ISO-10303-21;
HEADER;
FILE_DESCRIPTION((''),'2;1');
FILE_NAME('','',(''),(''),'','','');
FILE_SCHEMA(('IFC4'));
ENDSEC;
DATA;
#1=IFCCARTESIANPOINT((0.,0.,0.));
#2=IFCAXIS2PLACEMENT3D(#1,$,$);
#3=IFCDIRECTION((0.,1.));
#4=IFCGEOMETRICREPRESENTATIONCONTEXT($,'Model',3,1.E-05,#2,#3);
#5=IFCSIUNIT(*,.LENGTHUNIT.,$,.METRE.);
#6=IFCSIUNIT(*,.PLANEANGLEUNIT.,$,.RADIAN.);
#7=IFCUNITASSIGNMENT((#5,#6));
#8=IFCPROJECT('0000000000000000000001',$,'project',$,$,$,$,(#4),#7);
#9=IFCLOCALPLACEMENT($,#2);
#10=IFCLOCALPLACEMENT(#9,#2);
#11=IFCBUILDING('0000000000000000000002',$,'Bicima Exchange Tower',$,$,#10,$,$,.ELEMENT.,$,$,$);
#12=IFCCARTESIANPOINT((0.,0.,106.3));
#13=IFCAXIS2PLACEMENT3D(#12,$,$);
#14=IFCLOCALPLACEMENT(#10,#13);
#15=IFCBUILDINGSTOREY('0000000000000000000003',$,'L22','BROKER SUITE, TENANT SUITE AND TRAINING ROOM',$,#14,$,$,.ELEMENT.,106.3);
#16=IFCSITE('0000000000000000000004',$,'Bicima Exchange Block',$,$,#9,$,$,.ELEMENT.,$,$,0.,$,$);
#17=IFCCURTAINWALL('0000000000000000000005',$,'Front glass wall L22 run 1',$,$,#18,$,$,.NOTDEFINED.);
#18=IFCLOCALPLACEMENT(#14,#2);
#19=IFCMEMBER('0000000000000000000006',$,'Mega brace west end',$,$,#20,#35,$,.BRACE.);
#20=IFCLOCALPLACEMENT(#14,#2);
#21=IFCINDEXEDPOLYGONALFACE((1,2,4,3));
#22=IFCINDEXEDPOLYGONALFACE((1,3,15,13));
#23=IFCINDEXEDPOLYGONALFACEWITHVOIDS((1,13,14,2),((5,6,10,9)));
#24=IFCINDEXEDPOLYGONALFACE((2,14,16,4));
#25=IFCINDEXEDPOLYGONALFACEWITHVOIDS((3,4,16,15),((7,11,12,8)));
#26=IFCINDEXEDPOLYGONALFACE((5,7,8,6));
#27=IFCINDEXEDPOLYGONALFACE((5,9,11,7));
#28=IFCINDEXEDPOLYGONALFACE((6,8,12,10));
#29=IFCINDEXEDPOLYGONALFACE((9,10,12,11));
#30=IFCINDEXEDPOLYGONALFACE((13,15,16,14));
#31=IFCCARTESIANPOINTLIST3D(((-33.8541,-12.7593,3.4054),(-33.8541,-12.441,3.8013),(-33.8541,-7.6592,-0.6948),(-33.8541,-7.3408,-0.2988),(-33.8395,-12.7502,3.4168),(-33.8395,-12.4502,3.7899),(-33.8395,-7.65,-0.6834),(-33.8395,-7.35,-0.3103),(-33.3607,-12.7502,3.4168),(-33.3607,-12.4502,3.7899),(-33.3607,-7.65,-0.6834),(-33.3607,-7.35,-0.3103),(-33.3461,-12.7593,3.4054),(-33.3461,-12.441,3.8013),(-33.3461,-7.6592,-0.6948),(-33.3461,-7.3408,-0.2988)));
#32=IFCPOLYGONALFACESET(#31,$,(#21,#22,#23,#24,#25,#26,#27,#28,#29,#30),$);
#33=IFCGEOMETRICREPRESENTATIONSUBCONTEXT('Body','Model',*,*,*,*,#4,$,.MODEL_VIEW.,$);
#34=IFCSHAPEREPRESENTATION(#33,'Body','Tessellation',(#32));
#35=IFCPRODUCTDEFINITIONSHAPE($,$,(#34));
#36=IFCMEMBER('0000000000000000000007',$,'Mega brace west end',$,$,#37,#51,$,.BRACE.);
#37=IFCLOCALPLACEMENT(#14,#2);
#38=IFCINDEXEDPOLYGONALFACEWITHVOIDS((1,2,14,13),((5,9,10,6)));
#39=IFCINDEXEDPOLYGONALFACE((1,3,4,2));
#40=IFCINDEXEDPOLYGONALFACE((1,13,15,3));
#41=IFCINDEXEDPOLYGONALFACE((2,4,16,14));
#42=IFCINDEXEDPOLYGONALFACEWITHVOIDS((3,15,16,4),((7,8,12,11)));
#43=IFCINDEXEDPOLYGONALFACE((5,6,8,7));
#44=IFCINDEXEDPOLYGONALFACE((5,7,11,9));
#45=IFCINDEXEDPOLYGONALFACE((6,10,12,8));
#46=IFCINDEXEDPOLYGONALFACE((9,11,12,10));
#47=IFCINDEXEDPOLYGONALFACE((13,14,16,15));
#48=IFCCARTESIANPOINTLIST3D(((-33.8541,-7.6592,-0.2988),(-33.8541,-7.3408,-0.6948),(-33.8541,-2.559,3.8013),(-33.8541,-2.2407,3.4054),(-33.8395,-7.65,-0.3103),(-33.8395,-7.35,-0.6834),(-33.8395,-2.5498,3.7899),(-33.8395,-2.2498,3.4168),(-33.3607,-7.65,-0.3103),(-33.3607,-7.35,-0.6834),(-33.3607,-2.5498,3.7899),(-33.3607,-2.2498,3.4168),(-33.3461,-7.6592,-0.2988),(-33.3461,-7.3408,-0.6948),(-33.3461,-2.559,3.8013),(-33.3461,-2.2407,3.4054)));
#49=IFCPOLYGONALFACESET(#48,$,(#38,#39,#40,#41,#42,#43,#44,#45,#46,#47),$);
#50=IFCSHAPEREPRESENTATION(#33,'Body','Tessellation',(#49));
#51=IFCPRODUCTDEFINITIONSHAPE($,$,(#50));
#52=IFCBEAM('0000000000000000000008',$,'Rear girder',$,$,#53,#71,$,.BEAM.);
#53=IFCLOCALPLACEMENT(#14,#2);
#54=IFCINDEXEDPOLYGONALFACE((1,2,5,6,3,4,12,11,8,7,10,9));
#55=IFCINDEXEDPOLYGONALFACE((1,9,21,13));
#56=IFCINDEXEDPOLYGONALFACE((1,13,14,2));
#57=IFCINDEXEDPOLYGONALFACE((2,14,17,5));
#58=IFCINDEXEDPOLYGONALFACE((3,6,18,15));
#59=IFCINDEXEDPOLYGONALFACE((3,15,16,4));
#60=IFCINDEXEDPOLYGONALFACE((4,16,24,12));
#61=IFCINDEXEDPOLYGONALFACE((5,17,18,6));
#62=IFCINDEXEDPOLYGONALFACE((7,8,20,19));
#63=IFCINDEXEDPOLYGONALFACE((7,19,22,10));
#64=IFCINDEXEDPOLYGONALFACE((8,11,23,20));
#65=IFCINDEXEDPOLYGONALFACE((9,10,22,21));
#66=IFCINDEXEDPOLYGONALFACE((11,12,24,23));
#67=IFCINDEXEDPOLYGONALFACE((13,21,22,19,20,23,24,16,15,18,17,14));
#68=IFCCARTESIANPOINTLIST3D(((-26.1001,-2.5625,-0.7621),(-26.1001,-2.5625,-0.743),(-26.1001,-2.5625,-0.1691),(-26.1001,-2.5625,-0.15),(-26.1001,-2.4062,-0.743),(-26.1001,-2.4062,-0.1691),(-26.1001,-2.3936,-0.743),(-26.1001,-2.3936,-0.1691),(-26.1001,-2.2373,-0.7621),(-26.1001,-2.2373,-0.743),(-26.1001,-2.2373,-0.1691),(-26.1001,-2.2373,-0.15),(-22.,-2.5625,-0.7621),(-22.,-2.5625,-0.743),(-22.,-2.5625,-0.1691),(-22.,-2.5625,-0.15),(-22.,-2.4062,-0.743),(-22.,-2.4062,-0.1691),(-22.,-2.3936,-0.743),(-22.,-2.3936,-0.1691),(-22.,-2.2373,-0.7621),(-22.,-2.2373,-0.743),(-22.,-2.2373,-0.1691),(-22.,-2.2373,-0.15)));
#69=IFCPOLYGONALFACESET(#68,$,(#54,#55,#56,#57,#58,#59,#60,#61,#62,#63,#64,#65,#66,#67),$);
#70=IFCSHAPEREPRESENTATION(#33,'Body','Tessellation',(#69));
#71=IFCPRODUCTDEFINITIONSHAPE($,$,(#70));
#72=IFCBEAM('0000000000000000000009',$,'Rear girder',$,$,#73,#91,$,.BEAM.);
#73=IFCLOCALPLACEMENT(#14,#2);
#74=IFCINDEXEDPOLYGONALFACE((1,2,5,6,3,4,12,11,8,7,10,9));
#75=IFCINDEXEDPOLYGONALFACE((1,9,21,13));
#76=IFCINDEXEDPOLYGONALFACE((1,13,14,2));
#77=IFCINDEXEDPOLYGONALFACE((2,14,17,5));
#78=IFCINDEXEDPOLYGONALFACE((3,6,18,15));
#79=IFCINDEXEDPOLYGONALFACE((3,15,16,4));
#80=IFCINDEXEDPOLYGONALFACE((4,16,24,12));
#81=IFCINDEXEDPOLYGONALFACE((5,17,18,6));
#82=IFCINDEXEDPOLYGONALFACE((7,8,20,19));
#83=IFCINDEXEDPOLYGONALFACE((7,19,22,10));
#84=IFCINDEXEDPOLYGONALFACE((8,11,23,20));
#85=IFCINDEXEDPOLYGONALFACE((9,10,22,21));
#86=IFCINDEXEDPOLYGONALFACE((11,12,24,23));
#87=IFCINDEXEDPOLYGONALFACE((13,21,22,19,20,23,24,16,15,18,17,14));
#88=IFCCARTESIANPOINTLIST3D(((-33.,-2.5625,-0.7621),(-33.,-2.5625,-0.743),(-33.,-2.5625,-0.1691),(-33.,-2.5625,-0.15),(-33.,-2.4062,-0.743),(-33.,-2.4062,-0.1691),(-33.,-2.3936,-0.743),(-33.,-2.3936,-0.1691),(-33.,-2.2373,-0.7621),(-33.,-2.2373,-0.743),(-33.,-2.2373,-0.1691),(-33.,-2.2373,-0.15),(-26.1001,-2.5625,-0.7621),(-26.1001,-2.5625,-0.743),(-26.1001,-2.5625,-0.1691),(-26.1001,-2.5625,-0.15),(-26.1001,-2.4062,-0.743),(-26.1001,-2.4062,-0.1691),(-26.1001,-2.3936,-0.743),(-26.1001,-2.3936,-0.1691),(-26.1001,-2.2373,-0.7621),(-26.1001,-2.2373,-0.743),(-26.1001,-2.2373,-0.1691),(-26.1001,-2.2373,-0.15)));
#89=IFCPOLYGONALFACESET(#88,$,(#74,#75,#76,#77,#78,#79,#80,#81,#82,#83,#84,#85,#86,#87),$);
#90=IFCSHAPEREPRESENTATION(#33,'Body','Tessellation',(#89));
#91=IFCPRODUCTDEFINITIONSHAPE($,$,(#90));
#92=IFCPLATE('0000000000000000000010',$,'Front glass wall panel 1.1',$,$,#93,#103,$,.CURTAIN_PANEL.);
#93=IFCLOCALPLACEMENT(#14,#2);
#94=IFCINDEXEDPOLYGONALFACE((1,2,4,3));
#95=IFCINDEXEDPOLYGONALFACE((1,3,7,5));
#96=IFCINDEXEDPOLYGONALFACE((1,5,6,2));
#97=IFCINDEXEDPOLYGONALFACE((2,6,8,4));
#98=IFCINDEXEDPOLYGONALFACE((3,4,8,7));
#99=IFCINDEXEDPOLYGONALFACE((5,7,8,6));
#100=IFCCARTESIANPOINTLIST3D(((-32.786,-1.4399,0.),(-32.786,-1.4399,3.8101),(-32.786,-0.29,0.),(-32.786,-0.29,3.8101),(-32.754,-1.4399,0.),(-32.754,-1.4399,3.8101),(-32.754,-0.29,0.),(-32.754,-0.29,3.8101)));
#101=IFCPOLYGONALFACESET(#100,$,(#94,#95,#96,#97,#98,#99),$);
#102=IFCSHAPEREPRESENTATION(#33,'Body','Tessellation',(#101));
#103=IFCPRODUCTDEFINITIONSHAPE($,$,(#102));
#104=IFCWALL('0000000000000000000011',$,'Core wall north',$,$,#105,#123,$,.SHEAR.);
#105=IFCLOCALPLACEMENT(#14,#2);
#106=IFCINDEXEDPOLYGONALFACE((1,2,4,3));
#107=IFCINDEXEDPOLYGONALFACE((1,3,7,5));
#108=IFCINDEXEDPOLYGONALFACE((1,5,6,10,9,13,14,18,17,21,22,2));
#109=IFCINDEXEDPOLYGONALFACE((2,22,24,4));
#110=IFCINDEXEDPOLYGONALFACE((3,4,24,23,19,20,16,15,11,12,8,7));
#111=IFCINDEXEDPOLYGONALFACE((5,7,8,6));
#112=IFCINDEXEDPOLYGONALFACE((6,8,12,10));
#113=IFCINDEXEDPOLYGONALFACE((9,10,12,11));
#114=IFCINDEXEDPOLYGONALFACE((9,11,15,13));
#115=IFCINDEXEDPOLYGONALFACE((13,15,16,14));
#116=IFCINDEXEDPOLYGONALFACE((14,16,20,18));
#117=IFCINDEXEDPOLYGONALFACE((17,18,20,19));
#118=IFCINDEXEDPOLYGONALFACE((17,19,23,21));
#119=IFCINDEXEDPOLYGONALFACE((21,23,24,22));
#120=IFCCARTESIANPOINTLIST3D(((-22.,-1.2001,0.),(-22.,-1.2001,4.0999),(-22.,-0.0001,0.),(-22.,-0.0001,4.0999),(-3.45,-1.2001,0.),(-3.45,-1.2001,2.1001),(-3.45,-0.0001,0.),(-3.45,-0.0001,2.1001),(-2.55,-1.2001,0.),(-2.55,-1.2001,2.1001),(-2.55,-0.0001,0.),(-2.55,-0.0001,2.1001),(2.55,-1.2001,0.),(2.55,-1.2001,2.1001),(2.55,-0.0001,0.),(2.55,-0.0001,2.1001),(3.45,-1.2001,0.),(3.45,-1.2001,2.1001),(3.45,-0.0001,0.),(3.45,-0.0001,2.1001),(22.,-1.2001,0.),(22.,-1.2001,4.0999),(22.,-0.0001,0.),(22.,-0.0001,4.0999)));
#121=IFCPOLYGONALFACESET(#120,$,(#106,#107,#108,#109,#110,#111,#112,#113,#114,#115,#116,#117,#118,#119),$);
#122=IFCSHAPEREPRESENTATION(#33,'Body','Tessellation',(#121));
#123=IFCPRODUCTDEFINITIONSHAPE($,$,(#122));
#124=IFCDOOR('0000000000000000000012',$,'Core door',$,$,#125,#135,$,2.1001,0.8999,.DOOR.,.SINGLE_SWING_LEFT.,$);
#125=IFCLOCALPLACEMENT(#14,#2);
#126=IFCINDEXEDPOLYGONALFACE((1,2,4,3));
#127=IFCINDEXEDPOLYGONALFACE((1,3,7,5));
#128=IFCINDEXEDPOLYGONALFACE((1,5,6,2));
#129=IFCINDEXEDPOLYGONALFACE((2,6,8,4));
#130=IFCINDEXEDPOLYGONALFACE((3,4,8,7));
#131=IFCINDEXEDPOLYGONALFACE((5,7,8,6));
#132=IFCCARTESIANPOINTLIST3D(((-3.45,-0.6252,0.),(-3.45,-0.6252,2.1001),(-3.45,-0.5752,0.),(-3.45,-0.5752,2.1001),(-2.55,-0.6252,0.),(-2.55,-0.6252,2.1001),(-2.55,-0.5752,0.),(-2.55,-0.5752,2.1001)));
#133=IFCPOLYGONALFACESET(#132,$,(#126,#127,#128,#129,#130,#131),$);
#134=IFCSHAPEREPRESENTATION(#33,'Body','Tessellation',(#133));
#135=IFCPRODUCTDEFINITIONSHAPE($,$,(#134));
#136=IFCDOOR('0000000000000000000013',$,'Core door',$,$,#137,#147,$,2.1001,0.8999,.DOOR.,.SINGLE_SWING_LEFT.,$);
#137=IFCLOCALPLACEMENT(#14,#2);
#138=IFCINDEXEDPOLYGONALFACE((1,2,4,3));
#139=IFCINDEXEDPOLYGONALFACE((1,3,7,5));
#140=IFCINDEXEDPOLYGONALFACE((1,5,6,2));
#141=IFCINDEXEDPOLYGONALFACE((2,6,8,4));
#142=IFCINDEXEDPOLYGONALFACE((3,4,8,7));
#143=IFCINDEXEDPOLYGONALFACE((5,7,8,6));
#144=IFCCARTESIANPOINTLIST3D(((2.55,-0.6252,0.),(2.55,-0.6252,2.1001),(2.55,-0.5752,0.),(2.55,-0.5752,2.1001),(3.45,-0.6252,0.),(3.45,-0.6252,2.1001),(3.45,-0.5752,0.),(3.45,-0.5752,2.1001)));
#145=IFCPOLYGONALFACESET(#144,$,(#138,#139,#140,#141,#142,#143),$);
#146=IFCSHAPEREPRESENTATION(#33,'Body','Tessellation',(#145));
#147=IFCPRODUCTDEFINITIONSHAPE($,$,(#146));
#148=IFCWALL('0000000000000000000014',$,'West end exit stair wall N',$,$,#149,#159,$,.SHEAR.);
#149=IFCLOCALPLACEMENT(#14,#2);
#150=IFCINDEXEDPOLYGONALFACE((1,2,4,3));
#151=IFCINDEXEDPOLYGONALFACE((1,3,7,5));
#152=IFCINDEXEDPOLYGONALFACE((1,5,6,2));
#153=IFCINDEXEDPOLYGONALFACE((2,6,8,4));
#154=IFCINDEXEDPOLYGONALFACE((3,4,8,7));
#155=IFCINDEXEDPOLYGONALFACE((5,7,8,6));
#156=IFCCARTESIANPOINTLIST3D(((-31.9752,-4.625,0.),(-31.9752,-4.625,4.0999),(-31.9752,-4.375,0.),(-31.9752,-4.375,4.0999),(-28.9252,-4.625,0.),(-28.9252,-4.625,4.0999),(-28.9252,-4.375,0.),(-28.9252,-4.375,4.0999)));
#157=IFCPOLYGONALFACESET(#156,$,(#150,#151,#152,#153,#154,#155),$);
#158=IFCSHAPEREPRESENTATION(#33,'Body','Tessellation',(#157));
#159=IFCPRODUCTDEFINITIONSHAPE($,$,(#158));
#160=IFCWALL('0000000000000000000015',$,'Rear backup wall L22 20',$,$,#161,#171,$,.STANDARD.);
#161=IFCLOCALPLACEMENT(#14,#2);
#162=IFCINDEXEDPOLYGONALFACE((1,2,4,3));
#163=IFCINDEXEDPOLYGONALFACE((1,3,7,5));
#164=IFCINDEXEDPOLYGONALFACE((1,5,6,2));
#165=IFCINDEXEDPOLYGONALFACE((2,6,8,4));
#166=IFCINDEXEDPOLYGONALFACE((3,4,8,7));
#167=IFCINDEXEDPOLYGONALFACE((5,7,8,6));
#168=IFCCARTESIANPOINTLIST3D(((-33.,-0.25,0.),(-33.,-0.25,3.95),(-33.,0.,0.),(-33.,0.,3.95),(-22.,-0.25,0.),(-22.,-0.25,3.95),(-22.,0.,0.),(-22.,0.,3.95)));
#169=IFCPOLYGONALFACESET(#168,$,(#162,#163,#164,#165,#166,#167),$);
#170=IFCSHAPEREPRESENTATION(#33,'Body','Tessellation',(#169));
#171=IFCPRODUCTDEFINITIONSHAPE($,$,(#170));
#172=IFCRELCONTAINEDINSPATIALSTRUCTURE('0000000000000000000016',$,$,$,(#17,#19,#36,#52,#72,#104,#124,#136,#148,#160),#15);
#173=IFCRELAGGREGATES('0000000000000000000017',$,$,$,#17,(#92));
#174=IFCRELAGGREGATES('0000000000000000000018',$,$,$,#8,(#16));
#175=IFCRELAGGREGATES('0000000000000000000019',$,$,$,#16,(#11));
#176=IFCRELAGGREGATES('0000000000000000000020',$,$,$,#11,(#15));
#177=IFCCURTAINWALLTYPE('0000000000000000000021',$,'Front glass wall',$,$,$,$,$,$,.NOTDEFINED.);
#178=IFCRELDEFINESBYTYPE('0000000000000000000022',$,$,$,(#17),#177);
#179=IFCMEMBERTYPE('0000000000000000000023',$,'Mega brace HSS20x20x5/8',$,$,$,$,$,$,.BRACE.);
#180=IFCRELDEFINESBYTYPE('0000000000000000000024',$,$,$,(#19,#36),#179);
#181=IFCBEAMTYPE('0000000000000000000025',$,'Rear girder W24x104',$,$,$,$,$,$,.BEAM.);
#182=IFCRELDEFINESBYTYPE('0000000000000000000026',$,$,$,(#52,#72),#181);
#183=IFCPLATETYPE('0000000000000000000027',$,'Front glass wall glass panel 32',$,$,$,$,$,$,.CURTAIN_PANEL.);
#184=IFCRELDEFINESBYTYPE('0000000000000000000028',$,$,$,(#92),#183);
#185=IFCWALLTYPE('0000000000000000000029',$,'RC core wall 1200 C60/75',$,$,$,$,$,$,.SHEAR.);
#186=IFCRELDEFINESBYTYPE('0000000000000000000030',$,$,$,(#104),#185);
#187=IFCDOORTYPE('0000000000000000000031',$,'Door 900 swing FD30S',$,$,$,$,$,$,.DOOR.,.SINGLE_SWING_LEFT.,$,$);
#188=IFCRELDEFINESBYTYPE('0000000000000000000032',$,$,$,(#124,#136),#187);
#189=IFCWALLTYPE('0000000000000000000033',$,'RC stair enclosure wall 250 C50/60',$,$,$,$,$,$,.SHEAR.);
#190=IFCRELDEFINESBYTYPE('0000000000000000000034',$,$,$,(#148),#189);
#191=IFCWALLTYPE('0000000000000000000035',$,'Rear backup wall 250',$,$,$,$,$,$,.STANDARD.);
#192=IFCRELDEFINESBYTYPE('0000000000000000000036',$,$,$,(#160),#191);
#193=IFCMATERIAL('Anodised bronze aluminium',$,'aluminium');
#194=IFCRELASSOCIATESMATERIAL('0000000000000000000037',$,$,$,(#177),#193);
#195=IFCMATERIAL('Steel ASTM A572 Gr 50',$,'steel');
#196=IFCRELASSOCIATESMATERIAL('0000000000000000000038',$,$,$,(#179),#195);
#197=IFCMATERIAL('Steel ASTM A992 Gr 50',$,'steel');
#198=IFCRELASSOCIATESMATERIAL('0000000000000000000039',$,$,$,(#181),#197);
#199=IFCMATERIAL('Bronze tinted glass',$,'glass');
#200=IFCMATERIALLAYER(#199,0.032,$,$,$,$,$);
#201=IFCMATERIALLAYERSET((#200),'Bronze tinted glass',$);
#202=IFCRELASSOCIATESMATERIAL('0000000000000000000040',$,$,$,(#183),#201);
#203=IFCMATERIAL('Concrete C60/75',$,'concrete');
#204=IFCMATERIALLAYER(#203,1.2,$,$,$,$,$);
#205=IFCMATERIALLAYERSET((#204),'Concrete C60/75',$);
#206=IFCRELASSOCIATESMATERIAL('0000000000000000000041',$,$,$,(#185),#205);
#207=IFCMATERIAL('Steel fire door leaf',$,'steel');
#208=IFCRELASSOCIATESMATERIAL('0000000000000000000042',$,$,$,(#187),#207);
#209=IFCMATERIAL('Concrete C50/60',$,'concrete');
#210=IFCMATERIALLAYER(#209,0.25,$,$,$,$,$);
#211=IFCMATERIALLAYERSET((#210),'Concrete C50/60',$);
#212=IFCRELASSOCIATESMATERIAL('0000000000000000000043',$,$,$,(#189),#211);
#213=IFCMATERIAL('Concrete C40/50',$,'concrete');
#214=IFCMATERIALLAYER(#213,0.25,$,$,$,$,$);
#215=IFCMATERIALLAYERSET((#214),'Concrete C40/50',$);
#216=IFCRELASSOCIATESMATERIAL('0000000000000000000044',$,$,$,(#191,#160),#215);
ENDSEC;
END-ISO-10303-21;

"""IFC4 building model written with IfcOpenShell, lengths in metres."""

from ifc_helpers import new_model, si_unit, direction, frame, frame_2d, origin, origin_2d, place, context, subcontext, project, spatial, rectangle, hollow_rectangle, i_section, extrude, material, layer, layer_set, layer_usage, material_profile, profile_set, type_object, element, fill, aggregate, save


model = new_model("IFC4")

# Units and contexts
model_context = context("Model", 3, precision=1e-05, world=origin(), true_north=direction((0.0, 1.0)))
body_context = subcontext(model_context, "Body", "Model", "MODEL_VIEW")
ifc_project = project(units=[si_unit("LENGTHUNIT", "METRE"), si_unit("PLANEANGLEUNIT", "RADIAN")], contexts=[model_context])

# Site, building, storey
site_placement = place(None, origin())
site = spatial("IfcSite", under=ifc_project, at=site_placement, Name="Bicima Exchange Block", CompositionType="ELEMENT", RefElevation=0.0)
building_placement = place(site_placement, origin())
building = spatial("IfcBuilding", under=site, at=building_placement, Name="Bicima Exchange Tower", CompositionType="ELEMENT")
storey_placement = place(building_placement, frame((0.0, 0.0, 106.3)))
storey = spatial("IfcBuildingStorey", under=building, at=storey_placement, Name="L22", Description="BROKER SUITE, TENANT SUITE AND TRAINING ROOM", CompositionType="ELEMENT", Elevation=106.3)

# Shared definitions
ifc_material_1 = material(Name="Steel ASTM A572 Gr 50", Category="steel")
ifc_material_2 = material(Name="Steel ASTM A992 Gr 50", Category="steel")

# Curtain wall
ifc_material_3 = material(Name="Anodised bronze aluminium", Category="aluminium")
curtain_wall_type = type_object("IfcCurtainWallType", Name="Front glass wall", PredefinedType="NOTDEFINED", material=ifc_material_3)
curtain_wall_placement = place(storey_placement, origin())
curtain_wall = element("IfcCurtainWall", 1, at=curtain_wall_placement, inside=storey, type_object=curtain_wall_type, Name="Front glass wall L22 run 1", PredefinedType="NOTDEFINED")

# Members
ifc_material_profile_1 = material_profile(ifc_material_1, hollow_rectangle(XDim=0.5081, YDim=0.5081, WallThickness=0.0146, at=origin_2d()))
ifc_profile_set_1 = profile_set([ifc_material_profile_1], Name="Steel ASTM A572 Gr 50")
member_type_1 = type_object("IfcMemberType", Name="Mega brace HSS20x20x5/8", PredefinedType="BRACE", material=ifc_profile_set_1)
for number, where, z_axis, x_axis, name in (
    (2, (-33.6001, -7.5, -0.4968), (0.0, -0.779374, 0.626559), (1.0, 0.0, 0.0), "Mega brace west end"),
    (3, (-33.6001, -7.5, -0.4968), (0.0, 0.779374, 0.626559), (-1.0, 0.0, 0.0), "Mega brace west end"),
):
    element("IfcMember", number, at=place(storey_placement, frame(where, z_axis=z_axis, x_axis=x_axis)), inside=storey, type_object=member_type_1, Name=name, PredefinedType="BRACE", context=body_context, shape_type="SweptSolid", body=[
        extrude(hollow_rectangle(XDim=0.5081, YDim=0.5081, WallThickness=0.0146, at=origin_2d()), origin(), (0.0, 0.0, 1.0), 6.5439),
    ])

# Beams
ifc_material_profile_2 = material_profile(ifc_material_2, i_section(OverallWidth=0.3252, OverallDepth=0.6121, WebThickness=0.0127, FlangeThickness=0.019, at=origin_2d()))
ifc_profile_set_2 = profile_set([ifc_material_profile_2], Name="Steel ASTM A992 Gr 50")
beam_type_1 = type_object("IfcBeamType", Name="Rear girder W24x104", PredefinedType="BEAM", material=ifc_profile_set_2)
beam_1_placement = place(storey_placement, frame((-22.0, -2.3999, -0.4561), z_axis=(-1.0, 0.0, 0.0), x_axis=(0.0, -1.0, 0.0)))
element("IfcBeam", 4, at=beam_1_placement, inside=storey, type_object=beam_type_1, Name="Rear girder", PredefinedType="BEAM", context=body_context, shape_type="SweptSolid", body=[
    extrude(i_section(OverallWidth=0.3252, OverallDepth=0.6121, WebThickness=0.0127, FlangeThickness=0.019, at=origin_2d()), origin(), (0.0, 0.0, 1.0), 4.1001),
])
beam_2_placement = place(storey_placement, frame((-26.1001, -2.3999, -0.4561), z_axis=(-1.0, 0.0, 0.0), x_axis=(0.0, -1.0, 0.0)))
element("IfcBeam", 5, at=beam_2_placement, inside=storey, type_object=beam_type_1, Name="Rear girder", PredefinedType="BEAM", context=body_context, shape_type="SweptSolid", body=[
    extrude(i_section(OverallWidth=0.3252, OverallDepth=0.6121, WebThickness=0.0127, FlangeThickness=0.019, at=origin_2d()), origin(), (0.0, 0.0, 1.0), 6.8999),
])

# Plate
ifc_material_4 = material(Name="Bronze tinted glass", Category="glass")
ifc_layer_1 = layer(ifc_material_4, 0.032)
ifc_layer_set_1 = layer_set([ifc_layer_1], Name="Bronze tinted glass")
plate_type = type_object("IfcPlateType", Name="Front glass wall glass panel 32", PredefinedType="CURTAIN_PANEL", material=ifc_layer_set_1)
plate_placement = place(storey_placement, frame((-32.77, -0.865, 0.0), z_axis=(0.0, 0.0, 1.0), x_axis=(0.0, -1.0, 0.0)))
plate = element("IfcPlate", 6, at=plate_placement, type_object=plate_type, Name="Front glass wall panel 1.1", PredefinedType="CURTAIN_PANEL", context=body_context, shape_type="SweptSolid", body=[
    extrude(rectangle(XDim=1.1499, YDim=0.032, at=origin_2d()), origin(), (0.0, 0.0, 1.0), 3.8101),
])
aggregate(curtain_wall, [plate])

# Wall, openings, doors
ifc_material_5 = material(Name="Concrete C60/75", Category="concrete")
ifc_layer_2 = layer(ifc_material_5, 1.2)
ifc_layer_set_2 = layer_set([ifc_layer_2], Name="Concrete C60/75")
wall_type_1 = type_object("IfcWallType", Name="RC core wall 1200 C60/75", PredefinedType="SHEAR", material=ifc_layer_set_2)
wall_1_placement = place(storey_placement, frame((-22.0, -0.6001, 0.0), z_axis=(0.0, 0.0, 1.0), x_axis=(1.0, 0.0, 0.0)))
wall_1 = element("IfcWall", 7, at=wall_1_placement, inside=storey, type_object=wall_type_1, Name="Core wall north", PredefinedType="SHEAR", context=body_context, shape_type="SweptSolid", body=[
    extrude(rectangle(XDim=44.0, YDim=1.2, at=frame_2d((22.0, 0.0))), origin(), (0.0, 0.0, 1.0), 4.0999),
])
opening_1_placement = place(wall_1_placement, frame((18.55, 0.0, 0.0)))
opening_1 = element("IfcOpeningElement", 8, at=opening_1_placement, cuts=wall_1, PredefinedType="OPENING", context=body_context, shape_type="SweptSolid", body=[
    extrude(rectangle(XDim=0.8999, YDim=2.1001, at=frame_2d((0.45, 1.05))), frame((0.0, 0.6118, 0.0), z_axis=(0.0, -1.0, 0.0), x_axis=(1.0, 0.0, 0.0)), (0.0, 0.0, 1.0), 1.2239),
])
opening_2_placement = place(wall_1_placement, frame((24.55, 0.0, 0.0)))
opening_2 = element("IfcOpeningElement", 9, at=opening_2_placement, cuts=wall_1, PredefinedType="OPENING", context=body_context, shape_type="SweptSolid", body=[
    extrude(rectangle(XDim=0.8999, YDim=2.1001, at=frame_2d((0.45, 1.05))), frame((0.0, 0.6118, 0.0), z_axis=(0.0, -1.0, 0.0), x_axis=(1.0, 0.0, 0.0)), (0.0, 0.0, 1.0), 1.2239),
])
ifc_material_6 = material(Name="Steel fire door leaf", Category="steel")
door_type = type_object("IfcDoorType", Name="Door 900 swing FD30S", OperationType="SINGLE_SWING_LEFT", PredefinedType="DOOR", material=ifc_material_6)
door_1_placement = place(opening_1_placement, origin())
door_1 = element("IfcDoor", 10, at=door_1_placement, inside=storey, type_object=door_type, Name="Core door", OperationType="SINGLE_SWING_LEFT", OverallHeight=2.1001, OverallWidth=0.8999, PredefinedType="DOOR", context=body_context, shape_type="SweptSolid", body=[
    extrude(rectangle(XDim=0.8999, YDim=2.1001, at=frame_2d((0.45, 1.05))), frame((0.0, 0.0249, 0.0), z_axis=(0.0, -1.0, 0.0), x_axis=(1.0, 0.0, 0.0)), (0.0, 0.0, 1.0), 0.05),
])
fill(opening_1, door_1)
door_2_placement = place(opening_2_placement, origin())
door_2 = element("IfcDoor", 11, at=door_2_placement, inside=storey, type_object=door_type, Name="Core door", OperationType="SINGLE_SWING_LEFT", OverallHeight=2.1001, OverallWidth=0.8999, PredefinedType="DOOR", context=body_context, shape_type="SweptSolid", body=[
    extrude(rectangle(XDim=0.8999, YDim=2.1001, at=frame_2d((0.45, 1.05))), frame((0.0, 0.0249, 0.0), z_axis=(0.0, -1.0, 0.0), x_axis=(1.0, 0.0, 0.0)), (0.0, 0.0, 1.0), 0.05),
])
fill(opening_2, door_2)

# Walls
ifc_material_7 = material(Name="Concrete C50/60", Category="concrete")
ifc_layer_3 = layer(ifc_material_7, 0.25)
ifc_layer_set_3 = layer_set([ifc_layer_3], Name="Concrete C50/60")
wall_type_2 = type_object("IfcWallType", Name="RC stair enclosure wall 250 C50/60", PredefinedType="SHEAR", material=ifc_layer_set_3)
wall_2_placement = place(storey_placement, frame((-31.9751, -4.5, 0.0), z_axis=(0.0, 0.0, 1.0), x_axis=(1.0, 0.0, 0.0)))
element("IfcWall", 12, at=wall_2_placement, inside=storey, type_object=wall_type_2, Name="West end exit stair wall N", PredefinedType="SHEAR", context=body_context, shape_type="SweptSolid", body=[
    extrude(rectangle(XDim=3.05, YDim=0.25, at=frame_2d((1.5249, 0.0))), origin(), (0.0, 0.0, 1.0), 4.0999),
])
ifc_material_8 = material(Name="Concrete C40/50", Category="concrete")
ifc_layer_4 = layer(ifc_material_8, 0.25)
ifc_layer_set_4 = layer_set([ifc_layer_4], Name="Concrete C40/50")
ifc_layer_usage = layer_usage(ifc_layer_set_4, "AXIS2", "POSITIVE", -0.125)
wall_type_3 = type_object("IfcWallType", Name="Rear backup wall 250", PredefinedType="STANDARD", material=ifc_layer_set_4)
wall_3_placement = place(storey_placement, frame((-22.0, -0.125, 0.0), z_axis=(0.0, 0.0, 1.0), x_axis=(-1.0, 0.0, 0.0)))
element("IfcWall", 13, at=wall_3_placement, inside=storey, type_object=wall_type_3, material=ifc_layer_usage, Name="Rear backup wall L22 20", PredefinedType="STANDARD", context=body_context, shape_type="SweptSolid", body=[
    extrude(rectangle(XDim=11.0, YDim=0.25, at=frame_2d((5.5, 0.0))), origin(), (0.0, 0.0, 1.0), 3.95),
])

save(model, "model.ifc")
